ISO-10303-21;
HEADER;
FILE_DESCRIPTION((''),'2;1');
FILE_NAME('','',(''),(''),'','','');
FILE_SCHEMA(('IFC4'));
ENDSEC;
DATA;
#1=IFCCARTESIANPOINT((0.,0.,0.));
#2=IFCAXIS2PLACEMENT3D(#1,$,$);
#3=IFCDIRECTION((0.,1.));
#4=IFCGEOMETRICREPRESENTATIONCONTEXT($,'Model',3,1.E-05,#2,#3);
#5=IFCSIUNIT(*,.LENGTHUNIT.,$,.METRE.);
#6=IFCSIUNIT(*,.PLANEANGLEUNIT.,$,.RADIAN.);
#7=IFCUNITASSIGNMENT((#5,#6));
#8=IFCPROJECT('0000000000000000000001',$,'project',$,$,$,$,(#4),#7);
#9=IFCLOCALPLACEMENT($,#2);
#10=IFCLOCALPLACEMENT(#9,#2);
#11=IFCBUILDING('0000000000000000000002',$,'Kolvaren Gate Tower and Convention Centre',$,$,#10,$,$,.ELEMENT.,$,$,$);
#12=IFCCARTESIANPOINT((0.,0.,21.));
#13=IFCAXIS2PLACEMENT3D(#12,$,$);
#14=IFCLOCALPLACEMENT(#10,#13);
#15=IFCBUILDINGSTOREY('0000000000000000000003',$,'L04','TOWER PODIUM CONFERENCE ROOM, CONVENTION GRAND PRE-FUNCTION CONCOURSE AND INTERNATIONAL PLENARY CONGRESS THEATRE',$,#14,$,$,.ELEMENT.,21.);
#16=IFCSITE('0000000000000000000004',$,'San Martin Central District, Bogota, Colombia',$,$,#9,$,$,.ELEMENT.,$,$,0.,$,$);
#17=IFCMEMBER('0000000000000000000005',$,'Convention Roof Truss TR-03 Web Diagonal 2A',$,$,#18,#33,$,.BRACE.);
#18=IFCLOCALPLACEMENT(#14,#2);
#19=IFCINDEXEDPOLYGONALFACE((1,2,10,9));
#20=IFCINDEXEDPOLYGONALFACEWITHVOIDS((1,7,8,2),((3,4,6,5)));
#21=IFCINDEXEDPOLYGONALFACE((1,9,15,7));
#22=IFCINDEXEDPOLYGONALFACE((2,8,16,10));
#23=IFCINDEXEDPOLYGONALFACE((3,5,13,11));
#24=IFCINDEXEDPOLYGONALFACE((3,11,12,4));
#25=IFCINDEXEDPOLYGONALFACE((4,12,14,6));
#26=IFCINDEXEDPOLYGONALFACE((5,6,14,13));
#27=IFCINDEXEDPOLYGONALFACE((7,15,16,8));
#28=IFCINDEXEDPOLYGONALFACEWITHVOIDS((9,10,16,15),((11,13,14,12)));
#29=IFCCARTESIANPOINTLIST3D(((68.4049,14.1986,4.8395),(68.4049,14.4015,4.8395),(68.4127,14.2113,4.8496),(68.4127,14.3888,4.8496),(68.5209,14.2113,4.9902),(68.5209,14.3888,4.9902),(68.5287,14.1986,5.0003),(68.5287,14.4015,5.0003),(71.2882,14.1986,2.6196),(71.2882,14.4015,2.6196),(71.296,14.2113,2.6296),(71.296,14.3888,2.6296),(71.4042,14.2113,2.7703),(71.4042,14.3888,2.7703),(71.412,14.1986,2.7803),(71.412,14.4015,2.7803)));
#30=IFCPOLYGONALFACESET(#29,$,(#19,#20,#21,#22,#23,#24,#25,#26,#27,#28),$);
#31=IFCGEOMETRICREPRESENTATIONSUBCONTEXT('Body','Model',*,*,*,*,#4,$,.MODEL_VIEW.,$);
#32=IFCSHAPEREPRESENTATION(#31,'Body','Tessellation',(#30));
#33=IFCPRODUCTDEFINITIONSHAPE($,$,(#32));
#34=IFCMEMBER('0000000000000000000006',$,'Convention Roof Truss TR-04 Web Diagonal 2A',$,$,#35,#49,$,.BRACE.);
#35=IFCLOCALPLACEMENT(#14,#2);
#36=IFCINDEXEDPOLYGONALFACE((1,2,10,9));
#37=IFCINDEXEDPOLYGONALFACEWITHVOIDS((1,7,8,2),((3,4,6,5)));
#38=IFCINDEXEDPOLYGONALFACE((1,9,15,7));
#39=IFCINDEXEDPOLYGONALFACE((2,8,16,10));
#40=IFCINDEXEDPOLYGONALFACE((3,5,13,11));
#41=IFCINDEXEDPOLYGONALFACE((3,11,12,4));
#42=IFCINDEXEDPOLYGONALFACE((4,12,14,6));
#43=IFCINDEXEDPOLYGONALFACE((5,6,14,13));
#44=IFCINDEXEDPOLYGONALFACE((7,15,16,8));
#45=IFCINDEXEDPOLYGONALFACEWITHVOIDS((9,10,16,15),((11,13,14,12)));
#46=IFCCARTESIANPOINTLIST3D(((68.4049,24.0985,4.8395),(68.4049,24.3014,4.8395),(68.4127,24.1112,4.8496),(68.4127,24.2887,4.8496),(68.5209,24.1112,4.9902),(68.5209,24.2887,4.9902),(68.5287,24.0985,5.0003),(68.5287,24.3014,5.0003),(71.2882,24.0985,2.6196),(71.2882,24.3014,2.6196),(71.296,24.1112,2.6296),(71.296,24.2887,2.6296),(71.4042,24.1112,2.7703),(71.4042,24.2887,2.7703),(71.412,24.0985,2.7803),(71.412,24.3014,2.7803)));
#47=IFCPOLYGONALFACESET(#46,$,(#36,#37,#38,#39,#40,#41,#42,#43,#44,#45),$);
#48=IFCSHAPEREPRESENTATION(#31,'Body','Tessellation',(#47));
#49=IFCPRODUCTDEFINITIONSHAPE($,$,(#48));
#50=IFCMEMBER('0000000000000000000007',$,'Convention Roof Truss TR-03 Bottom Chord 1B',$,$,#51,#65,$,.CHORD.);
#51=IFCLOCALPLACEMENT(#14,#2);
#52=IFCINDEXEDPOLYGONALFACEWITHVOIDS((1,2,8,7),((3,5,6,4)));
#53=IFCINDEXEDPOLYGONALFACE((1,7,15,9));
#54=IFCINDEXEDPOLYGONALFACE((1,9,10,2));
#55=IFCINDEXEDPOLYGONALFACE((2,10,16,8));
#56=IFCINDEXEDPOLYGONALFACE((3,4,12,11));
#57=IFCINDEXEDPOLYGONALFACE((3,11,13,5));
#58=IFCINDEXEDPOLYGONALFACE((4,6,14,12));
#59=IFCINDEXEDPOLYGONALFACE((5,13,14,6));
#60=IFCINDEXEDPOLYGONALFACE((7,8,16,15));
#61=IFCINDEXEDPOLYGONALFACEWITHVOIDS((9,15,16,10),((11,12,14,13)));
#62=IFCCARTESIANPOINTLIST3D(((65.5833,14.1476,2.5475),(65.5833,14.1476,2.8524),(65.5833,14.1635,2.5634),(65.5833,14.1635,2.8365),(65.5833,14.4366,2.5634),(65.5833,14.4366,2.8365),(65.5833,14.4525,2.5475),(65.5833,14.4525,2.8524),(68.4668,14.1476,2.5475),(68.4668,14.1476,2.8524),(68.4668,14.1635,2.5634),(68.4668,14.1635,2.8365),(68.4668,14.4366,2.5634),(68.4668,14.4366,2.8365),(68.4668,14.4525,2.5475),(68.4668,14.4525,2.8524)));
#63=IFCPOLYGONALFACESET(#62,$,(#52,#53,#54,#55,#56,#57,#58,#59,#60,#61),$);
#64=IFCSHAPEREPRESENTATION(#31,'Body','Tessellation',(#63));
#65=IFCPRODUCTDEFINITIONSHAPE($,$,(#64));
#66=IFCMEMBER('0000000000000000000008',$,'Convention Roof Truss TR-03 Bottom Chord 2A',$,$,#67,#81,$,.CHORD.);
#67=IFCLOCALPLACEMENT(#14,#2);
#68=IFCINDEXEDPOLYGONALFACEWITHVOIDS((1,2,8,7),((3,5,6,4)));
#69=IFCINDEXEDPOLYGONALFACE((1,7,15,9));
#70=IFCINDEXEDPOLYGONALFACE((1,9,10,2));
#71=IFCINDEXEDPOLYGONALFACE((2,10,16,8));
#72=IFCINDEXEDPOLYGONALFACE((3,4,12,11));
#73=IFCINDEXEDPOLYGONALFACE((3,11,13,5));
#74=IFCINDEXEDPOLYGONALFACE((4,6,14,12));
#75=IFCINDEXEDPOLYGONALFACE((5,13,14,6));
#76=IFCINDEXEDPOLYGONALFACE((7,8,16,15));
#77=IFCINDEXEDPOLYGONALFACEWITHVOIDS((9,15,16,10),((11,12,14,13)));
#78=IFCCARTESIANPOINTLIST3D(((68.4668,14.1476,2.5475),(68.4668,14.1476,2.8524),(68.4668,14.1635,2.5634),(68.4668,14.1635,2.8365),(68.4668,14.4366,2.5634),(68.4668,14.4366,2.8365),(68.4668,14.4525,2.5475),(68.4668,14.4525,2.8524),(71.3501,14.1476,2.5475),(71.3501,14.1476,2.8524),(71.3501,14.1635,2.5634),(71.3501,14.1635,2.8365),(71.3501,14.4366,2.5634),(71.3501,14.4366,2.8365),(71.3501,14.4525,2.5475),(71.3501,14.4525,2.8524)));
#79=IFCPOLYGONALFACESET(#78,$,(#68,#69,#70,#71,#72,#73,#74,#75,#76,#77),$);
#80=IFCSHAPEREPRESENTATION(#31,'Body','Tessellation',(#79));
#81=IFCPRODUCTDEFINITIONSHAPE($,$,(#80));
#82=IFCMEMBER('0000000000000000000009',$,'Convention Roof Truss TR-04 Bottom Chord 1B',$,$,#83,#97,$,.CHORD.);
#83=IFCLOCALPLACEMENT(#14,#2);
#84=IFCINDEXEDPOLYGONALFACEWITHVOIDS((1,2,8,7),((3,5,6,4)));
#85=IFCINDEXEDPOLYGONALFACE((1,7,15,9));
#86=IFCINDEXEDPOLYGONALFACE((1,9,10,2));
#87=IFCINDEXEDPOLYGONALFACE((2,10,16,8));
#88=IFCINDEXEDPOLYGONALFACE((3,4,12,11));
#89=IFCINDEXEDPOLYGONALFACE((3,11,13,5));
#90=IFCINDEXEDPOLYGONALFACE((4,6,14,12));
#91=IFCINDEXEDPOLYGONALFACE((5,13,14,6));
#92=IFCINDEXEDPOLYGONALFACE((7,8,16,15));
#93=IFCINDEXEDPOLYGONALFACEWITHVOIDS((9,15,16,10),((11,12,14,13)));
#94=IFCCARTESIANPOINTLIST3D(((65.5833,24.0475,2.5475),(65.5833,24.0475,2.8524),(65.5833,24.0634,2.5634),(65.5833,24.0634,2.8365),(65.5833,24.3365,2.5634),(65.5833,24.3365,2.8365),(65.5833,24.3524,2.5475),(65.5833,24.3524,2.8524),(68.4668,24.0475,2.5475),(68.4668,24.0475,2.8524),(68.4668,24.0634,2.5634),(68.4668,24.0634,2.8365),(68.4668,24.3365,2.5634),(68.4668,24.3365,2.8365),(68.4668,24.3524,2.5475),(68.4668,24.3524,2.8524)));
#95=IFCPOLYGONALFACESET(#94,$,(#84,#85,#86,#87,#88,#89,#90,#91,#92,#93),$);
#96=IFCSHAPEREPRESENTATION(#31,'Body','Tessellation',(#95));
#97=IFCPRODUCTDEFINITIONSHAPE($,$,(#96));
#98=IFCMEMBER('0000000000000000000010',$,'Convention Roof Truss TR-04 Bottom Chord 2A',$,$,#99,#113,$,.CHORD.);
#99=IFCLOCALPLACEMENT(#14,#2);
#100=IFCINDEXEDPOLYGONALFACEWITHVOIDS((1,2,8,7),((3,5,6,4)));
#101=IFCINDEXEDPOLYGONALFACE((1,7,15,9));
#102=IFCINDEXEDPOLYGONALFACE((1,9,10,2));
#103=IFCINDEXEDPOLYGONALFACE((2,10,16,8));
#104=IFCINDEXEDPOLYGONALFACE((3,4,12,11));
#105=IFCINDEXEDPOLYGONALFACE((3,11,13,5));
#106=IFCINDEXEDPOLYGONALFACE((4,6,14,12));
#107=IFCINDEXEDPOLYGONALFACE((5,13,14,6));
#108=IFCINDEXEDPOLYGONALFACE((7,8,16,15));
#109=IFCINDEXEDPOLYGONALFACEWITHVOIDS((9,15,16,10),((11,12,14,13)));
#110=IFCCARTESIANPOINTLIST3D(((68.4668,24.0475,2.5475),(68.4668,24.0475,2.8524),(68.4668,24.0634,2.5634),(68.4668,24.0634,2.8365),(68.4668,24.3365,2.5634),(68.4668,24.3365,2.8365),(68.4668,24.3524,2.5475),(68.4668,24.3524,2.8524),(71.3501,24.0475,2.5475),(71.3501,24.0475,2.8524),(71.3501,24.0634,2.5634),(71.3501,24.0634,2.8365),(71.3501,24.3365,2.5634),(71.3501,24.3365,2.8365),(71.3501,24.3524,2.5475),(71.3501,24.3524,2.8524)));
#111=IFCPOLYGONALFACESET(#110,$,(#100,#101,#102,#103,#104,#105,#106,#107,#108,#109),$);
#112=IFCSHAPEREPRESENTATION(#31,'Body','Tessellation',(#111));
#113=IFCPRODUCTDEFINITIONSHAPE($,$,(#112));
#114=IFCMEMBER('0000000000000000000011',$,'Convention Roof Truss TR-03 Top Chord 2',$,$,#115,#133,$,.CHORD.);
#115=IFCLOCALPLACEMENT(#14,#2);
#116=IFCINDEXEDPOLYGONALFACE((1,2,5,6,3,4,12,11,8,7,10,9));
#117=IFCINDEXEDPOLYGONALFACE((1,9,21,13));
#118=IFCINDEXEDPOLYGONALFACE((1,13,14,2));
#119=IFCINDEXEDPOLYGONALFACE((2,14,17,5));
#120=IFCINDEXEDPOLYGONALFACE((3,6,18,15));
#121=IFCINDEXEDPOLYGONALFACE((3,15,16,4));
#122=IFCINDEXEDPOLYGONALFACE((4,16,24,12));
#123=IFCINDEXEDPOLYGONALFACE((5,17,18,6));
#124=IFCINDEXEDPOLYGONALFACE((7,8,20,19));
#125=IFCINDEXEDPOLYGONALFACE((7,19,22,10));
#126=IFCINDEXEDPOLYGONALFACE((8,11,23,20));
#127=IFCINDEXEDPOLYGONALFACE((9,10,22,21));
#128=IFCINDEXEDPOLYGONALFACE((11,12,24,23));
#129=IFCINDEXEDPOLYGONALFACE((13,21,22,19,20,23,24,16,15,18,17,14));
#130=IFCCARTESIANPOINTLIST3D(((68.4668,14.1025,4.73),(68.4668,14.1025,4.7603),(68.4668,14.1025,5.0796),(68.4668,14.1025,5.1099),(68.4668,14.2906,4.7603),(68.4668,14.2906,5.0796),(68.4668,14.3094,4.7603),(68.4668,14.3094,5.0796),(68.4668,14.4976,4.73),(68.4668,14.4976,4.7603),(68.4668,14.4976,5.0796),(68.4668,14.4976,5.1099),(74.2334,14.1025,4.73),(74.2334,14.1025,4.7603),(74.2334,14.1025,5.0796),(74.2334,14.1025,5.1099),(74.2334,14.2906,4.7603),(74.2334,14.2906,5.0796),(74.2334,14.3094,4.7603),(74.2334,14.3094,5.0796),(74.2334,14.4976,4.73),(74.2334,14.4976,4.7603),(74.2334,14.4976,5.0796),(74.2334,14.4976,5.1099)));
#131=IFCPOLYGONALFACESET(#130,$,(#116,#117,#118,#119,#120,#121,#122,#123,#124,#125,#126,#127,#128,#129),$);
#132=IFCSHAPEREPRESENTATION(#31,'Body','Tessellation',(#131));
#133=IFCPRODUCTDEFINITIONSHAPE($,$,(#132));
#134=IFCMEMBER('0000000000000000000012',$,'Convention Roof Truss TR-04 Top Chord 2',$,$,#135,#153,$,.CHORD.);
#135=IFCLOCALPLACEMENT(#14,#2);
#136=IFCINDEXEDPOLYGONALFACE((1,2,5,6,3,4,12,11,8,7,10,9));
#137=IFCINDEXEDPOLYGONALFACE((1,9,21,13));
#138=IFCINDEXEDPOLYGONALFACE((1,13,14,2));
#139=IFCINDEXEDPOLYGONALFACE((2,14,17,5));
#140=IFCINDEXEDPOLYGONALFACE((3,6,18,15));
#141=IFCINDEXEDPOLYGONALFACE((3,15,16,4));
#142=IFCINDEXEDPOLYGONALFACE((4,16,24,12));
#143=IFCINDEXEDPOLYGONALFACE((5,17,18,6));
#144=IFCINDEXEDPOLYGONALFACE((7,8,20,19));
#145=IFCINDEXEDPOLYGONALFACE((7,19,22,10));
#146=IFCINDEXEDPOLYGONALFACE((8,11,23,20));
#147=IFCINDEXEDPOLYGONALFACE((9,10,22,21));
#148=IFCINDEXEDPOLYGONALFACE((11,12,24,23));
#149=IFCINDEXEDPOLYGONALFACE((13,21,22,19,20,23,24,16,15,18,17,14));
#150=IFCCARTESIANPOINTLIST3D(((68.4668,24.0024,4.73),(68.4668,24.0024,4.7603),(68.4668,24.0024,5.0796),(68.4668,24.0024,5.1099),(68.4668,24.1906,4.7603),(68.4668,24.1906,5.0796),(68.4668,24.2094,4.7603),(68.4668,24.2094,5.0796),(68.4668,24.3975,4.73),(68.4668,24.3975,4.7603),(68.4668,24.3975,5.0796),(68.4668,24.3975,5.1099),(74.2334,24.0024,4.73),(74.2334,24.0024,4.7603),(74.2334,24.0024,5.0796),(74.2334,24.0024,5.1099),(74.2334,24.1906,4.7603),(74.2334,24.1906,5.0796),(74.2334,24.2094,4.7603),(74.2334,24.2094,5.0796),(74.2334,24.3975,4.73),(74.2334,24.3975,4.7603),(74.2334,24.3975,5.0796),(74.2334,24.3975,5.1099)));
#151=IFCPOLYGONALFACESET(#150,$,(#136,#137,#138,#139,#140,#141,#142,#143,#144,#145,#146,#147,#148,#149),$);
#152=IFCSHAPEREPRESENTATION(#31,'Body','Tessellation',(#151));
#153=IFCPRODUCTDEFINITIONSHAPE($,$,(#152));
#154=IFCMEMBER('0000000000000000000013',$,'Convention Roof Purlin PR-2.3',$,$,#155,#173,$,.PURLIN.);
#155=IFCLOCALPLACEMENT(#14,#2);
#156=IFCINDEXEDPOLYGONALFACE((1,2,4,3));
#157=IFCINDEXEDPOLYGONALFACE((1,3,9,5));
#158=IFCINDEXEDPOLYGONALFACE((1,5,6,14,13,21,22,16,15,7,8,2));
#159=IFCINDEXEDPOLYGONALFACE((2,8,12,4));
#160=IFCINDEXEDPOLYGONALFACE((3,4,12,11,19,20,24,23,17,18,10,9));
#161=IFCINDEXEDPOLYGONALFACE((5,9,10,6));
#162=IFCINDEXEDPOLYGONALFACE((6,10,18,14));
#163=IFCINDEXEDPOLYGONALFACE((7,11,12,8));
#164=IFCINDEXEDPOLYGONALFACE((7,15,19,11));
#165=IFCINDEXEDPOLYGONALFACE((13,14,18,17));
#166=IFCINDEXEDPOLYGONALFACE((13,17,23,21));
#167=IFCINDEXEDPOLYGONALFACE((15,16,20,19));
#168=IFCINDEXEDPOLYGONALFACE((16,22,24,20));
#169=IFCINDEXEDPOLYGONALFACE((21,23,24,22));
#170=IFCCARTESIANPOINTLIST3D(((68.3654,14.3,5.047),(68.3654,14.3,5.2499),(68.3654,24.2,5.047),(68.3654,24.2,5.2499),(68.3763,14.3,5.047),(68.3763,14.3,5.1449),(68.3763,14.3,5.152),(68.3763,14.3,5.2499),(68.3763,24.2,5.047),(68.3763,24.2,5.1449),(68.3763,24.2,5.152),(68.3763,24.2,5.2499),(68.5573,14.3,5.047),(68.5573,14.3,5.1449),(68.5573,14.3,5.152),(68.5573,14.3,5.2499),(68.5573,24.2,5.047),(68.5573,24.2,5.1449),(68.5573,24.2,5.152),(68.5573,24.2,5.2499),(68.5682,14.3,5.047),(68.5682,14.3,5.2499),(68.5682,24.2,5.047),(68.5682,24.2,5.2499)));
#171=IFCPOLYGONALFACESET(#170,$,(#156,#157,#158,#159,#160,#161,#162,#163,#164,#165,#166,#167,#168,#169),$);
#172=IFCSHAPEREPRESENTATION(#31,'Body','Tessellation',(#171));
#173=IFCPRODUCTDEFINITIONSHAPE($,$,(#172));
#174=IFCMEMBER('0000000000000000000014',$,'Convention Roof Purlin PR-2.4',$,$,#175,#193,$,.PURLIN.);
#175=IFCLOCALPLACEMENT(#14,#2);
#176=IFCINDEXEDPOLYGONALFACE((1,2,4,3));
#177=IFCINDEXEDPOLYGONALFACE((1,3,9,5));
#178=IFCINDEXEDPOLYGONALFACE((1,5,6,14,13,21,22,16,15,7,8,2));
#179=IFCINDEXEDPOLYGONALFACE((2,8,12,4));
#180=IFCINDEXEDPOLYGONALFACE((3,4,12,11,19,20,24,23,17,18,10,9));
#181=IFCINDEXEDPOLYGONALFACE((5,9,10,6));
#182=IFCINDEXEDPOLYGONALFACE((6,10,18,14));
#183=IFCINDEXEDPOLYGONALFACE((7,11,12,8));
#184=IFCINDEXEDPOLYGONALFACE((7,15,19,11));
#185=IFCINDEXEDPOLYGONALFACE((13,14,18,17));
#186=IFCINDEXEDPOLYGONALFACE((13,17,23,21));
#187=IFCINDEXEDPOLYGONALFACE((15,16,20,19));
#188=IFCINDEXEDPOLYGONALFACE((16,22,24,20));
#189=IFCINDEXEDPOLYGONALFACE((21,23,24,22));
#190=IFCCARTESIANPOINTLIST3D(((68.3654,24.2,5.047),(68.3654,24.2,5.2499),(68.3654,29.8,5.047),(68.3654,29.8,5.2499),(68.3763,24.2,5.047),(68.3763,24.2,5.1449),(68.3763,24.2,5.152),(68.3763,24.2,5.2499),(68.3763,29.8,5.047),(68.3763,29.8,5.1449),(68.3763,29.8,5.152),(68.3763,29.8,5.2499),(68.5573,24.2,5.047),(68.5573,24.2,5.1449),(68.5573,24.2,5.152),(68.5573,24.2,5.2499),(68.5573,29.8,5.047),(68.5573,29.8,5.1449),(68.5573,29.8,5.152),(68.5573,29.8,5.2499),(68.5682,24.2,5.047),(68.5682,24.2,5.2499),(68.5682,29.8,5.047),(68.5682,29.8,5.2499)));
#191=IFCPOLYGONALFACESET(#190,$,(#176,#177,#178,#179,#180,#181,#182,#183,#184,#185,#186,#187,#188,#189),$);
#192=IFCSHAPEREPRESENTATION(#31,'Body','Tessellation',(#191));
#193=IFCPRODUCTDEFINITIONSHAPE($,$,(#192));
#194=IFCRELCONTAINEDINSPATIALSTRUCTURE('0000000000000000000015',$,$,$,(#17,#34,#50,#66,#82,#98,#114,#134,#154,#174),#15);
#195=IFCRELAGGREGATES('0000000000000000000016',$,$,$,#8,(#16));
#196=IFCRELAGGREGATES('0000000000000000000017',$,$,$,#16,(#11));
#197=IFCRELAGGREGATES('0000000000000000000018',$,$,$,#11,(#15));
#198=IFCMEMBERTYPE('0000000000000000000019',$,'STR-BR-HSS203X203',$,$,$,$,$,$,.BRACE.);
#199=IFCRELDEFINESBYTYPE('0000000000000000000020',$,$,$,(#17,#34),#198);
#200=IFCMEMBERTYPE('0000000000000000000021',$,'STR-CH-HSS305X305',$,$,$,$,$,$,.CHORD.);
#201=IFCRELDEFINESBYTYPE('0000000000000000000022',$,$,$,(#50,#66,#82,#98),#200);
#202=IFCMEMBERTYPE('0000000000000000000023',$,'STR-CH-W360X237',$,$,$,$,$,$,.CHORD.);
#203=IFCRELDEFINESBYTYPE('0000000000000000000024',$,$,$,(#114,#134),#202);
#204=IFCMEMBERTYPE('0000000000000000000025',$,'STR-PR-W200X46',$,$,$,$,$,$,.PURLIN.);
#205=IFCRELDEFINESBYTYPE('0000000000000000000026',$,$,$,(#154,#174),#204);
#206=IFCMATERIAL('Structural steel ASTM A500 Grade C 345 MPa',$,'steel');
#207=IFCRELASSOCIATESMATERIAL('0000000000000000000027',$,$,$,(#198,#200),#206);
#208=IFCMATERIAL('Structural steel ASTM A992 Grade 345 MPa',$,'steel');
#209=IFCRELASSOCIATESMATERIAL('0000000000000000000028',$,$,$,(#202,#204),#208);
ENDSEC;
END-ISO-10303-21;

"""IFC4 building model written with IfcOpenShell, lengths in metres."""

from ifc_helpers import new_model, si_unit, direction, frame, origin, origin_2d, place, context, subcontext, project, spatial, hollow_rectangle, i_section, extrude, material, material_profile, profile_set, type_object, element, save


model = new_model("IFC4")

# Units and contexts
model_context = context("Model", 3, precision=1e-05, world=origin(), true_north=direction((0.0, 1.0)))
body_context = subcontext(model_context, "Body", "Model", "MODEL_VIEW")
ifc_project = project(units=[si_unit("LENGTHUNIT", "METRE"), si_unit("PLANEANGLEUNIT", "RADIAN")], contexts=[model_context])

# Site, building, storey
site_placement = place(None, origin())
site = spatial("IfcSite", under=ifc_project, at=site_placement, Name="San Martin Central District, Bogota, Colombia", CompositionType="ELEMENT", RefElevation=0.0)
building_placement = place(site_placement, origin())
building = spatial("IfcBuilding", under=site, at=building_placement, Name="Kolvaren Gate Tower and Convention Centre", CompositionType="ELEMENT")
storey_placement = place(building_placement, frame((0.0, 0.0, 21.0)))
storey = spatial("IfcBuildingStorey", under=building, at=storey_placement, Name="L04", Description="TOWER PODIUM CONFERENCE ROOM, CONVENTION GRAND PRE-FUNCTION CONCOURSE AND INTERNATIONAL PLENARY CONGRESS THEATRE", CompositionType="ELEMENT", Elevation=21.0)

# Members
ifc_material_1 = material(Name="Structural steel ASTM A500 Grade C 345 MPa", Category="steel")
ifc_material_profile_1 = material_profile(ifc_material_1, hollow_rectangle(XDim=0.2029, YDim=0.2029, WallThickness=0.0127, at=origin_2d()), Name="HSS203X203X12.7")
ifc_profile_set_1 = profile_set([ifc_material_profile_1], Name="Structural steel ASTM A500 Grade C 345 MPa")
member_type_1 = type_object("IfcMemberType", Name="STR-BR-HSS203X203", PredefinedType="BRACE", material=ifc_profile_set_1)
for number, where, z_axis, x_axis, name in (
    (1, (68.4668, 14.3, 4.9199), (0.792352, 0.0, -0.610064), (0.0, 1.0, 0.0), "Convention Roof Truss TR-03 Web Diagonal 2A"),
    (2, (68.4668, 24.2, 4.9199), (0.792352, 0.0, -0.610064), (0.0, 1.0, 0.0), "Convention Roof Truss TR-04 Web Diagonal 2A"),
):
    element("IfcMember", number, at=place(storey_placement, frame(where, z_axis=z_axis, x_axis=x_axis)), inside=storey, type_object=member_type_1, Name=name, PredefinedType="BRACE", context=body_context, shape_type="SweptSolid", body=[
        extrude(hollow_rectangle(XDim=0.2029, YDim=0.2029, WallThickness=0.0127, at=origin_2d()), origin(), (0.0, 0.0, 1.0), 3.6389),
    ])
ifc_material_profile_2 = material_profile(ifc_material_1, hollow_rectangle(XDim=0.3049, YDim=0.3049, WallThickness=0.0159, at=origin_2d()), Name="HSS305X305X15.9")
ifc_profile_set_2 = profile_set([ifc_material_profile_2], Name="Structural steel ASTM A500 Grade C 345 MPa")
member_type_2 = type_object("IfcMemberType", Name="STR-CH-HSS305X305", PredefinedType="CHORD", material=ifc_profile_set_2)
member_1_placement = place(storey_placement, frame((65.5833, 14.3, 2.7), z_axis=(1.0, 0.0, 0.0), x_axis=(0.0, 1.0, 0.0)))
element("IfcMember", 3, at=member_1_placement, inside=storey, type_object=member_type_2, Name="Convention Roof Truss TR-03 Bottom Chord 1B", PredefinedType="CHORD", context=body_context, shape_type="SweptSolid", body=[
    extrude(hollow_rectangle(XDim=0.3049, YDim=0.3049, WallThickness=0.0159, at=origin_2d()), origin(), (0.0, 0.0, 1.0), 2.8835),
])
member_2_placement = place(storey_placement, frame((68.4668, 14.3, 2.7), z_axis=(1.0, 0.0, 0.0), x_axis=(0.0, 1.0, 0.0)))
element("IfcMember", 4, at=member_2_placement, inside=storey, type_object=member_type_2, Name="Convention Roof Truss TR-03 Bottom Chord 2A", PredefinedType="CHORD", context=body_context, shape_type="SweptSolid", body=[
    extrude(hollow_rectangle(XDim=0.3049, YDim=0.3049, WallThickness=0.0159, at=origin_2d()), origin(), (0.0, 0.0, 1.0), 2.8833),
])
member_3_placement = place(storey_placement, frame((65.5833, 24.2, 2.7), z_axis=(1.0, 0.0, 0.0), x_axis=(0.0, 1.0, 0.0)))
element("IfcMember", 5, at=member_3_placement, inside=storey, type_object=member_type_2, Name="Convention Roof Truss TR-04 Bottom Chord 1B", PredefinedType="CHORD", context=body_context, shape_type="SweptSolid", body=[
    extrude(hollow_rectangle(XDim=0.3049, YDim=0.3049, WallThickness=0.0159, at=origin_2d()), origin(), (0.0, 0.0, 1.0), 2.8835),
])
member_4_placement = place(storey_placement, frame((68.4668, 24.2, 2.7), z_axis=(1.0, 0.0, 0.0), x_axis=(0.0, 1.0, 0.0)))
element("IfcMember", 6, at=member_4_placement, inside=storey, type_object=member_type_2, Name="Convention Roof Truss TR-04 Bottom Chord 2A", PredefinedType="CHORD", context=body_context, shape_type="SweptSolid", body=[
    extrude(hollow_rectangle(XDim=0.3049, YDim=0.3049, WallThickness=0.0159, at=origin_2d()), origin(), (0.0, 0.0, 1.0), 2.8833),
])
ifc_material_2 = material(Name="Structural steel ASTM A992 Grade 345 MPa", Category="steel")
ifc_material_profile_3 = material_profile(ifc_material_2, i_section(OverallWidth=0.395, OverallDepth=0.3799, WebThickness=0.0188, FlangeThickness=0.0303, at=origin_2d()), Name="W360X237")
ifc_profile_set_3 = profile_set([ifc_material_profile_3], Name="Structural steel ASTM A992 Grade 345 MPa")
member_type_3 = type_object("IfcMemberType", Name="STR-CH-W360X237", PredefinedType="CHORD", material=ifc_profile_set_3)
for number, where, z_axis, x_axis, name in (
    (7, (68.4668, 14.3, 4.9199), (1.0, 0.0, 0.0), (0.0, 1.0, 0.0), "Convention Roof Truss TR-03 Top Chord 2"),
    (8, (68.4668, 24.2, 4.9199), (1.0, 0.0, 0.0), (0.0, 1.0, 0.0), "Convention Roof Truss TR-04 Top Chord 2"),
):
    element("IfcMember", number, at=place(storey_placement, frame(where, z_axis=z_axis, x_axis=x_axis)), inside=storey, type_object=member_type_3, Name=name, PredefinedType="CHORD", context=body_context, shape_type="SweptSolid", body=[
        extrude(i_section(OverallWidth=0.395, OverallDepth=0.3799, WebThickness=0.0188, FlangeThickness=0.0303, at=origin_2d()), origin(), (0.0, 0.0, 1.0), 5.7666),
    ])
ifc_material_profile_4 = material_profile(ifc_material_2, i_section(OverallWidth=0.2029, OverallDepth=0.2029, WebThickness=0.0071, FlangeThickness=0.011, at=origin_2d()), Name="W200X46")
ifc_profile_set_4 = profile_set([ifc_material_profile_4], Name="Structural steel ASTM A992 Grade 345 MPa")
member_type_4 = type_object("IfcMemberType", Name="STR-PR-W200X46", PredefinedType="PURLIN", material=ifc_profile_set_4)
member_5_placement = place(storey_placement, frame((68.4668, 14.3, 5.1484), z_axis=(0.0, 1.0, 0.0), x_axis=(0.0, 0.0, 1.0)))
element("IfcMember", 9, at=member_5_placement, inside=storey, type_object=member_type_4, Name="Convention Roof Purlin PR-2.3", PredefinedType="PURLIN", context=body_context, shape_type="SweptSolid", body=[
    extrude(i_section(OverallWidth=0.2029, OverallDepth=0.2029, WebThickness=0.0071, FlangeThickness=0.011, at=origin_2d()), origin(), (0.0, 0.0, 1.0), 9.8999),
])
member_6_placement = place(storey_placement, frame((68.4668, 24.2, 5.1484), z_axis=(0.0, 1.0, 0.0), x_axis=(0.0, 0.0, 1.0)))
element("IfcMember", 10, at=member_6_placement, inside=storey, type_object=member_type_4, Name="Convention Roof Purlin PR-2.4", PredefinedType="PURLIN", context=body_context, shape_type="SweptSolid", body=[
    extrude(i_section(OverallWidth=0.2029, OverallDepth=0.2029, WebThickness=0.0071, FlangeThickness=0.011, at=origin_2d()), origin(), (0.0, 0.0, 1.0), 5.6001),
])

save(model, "model.ifc")
